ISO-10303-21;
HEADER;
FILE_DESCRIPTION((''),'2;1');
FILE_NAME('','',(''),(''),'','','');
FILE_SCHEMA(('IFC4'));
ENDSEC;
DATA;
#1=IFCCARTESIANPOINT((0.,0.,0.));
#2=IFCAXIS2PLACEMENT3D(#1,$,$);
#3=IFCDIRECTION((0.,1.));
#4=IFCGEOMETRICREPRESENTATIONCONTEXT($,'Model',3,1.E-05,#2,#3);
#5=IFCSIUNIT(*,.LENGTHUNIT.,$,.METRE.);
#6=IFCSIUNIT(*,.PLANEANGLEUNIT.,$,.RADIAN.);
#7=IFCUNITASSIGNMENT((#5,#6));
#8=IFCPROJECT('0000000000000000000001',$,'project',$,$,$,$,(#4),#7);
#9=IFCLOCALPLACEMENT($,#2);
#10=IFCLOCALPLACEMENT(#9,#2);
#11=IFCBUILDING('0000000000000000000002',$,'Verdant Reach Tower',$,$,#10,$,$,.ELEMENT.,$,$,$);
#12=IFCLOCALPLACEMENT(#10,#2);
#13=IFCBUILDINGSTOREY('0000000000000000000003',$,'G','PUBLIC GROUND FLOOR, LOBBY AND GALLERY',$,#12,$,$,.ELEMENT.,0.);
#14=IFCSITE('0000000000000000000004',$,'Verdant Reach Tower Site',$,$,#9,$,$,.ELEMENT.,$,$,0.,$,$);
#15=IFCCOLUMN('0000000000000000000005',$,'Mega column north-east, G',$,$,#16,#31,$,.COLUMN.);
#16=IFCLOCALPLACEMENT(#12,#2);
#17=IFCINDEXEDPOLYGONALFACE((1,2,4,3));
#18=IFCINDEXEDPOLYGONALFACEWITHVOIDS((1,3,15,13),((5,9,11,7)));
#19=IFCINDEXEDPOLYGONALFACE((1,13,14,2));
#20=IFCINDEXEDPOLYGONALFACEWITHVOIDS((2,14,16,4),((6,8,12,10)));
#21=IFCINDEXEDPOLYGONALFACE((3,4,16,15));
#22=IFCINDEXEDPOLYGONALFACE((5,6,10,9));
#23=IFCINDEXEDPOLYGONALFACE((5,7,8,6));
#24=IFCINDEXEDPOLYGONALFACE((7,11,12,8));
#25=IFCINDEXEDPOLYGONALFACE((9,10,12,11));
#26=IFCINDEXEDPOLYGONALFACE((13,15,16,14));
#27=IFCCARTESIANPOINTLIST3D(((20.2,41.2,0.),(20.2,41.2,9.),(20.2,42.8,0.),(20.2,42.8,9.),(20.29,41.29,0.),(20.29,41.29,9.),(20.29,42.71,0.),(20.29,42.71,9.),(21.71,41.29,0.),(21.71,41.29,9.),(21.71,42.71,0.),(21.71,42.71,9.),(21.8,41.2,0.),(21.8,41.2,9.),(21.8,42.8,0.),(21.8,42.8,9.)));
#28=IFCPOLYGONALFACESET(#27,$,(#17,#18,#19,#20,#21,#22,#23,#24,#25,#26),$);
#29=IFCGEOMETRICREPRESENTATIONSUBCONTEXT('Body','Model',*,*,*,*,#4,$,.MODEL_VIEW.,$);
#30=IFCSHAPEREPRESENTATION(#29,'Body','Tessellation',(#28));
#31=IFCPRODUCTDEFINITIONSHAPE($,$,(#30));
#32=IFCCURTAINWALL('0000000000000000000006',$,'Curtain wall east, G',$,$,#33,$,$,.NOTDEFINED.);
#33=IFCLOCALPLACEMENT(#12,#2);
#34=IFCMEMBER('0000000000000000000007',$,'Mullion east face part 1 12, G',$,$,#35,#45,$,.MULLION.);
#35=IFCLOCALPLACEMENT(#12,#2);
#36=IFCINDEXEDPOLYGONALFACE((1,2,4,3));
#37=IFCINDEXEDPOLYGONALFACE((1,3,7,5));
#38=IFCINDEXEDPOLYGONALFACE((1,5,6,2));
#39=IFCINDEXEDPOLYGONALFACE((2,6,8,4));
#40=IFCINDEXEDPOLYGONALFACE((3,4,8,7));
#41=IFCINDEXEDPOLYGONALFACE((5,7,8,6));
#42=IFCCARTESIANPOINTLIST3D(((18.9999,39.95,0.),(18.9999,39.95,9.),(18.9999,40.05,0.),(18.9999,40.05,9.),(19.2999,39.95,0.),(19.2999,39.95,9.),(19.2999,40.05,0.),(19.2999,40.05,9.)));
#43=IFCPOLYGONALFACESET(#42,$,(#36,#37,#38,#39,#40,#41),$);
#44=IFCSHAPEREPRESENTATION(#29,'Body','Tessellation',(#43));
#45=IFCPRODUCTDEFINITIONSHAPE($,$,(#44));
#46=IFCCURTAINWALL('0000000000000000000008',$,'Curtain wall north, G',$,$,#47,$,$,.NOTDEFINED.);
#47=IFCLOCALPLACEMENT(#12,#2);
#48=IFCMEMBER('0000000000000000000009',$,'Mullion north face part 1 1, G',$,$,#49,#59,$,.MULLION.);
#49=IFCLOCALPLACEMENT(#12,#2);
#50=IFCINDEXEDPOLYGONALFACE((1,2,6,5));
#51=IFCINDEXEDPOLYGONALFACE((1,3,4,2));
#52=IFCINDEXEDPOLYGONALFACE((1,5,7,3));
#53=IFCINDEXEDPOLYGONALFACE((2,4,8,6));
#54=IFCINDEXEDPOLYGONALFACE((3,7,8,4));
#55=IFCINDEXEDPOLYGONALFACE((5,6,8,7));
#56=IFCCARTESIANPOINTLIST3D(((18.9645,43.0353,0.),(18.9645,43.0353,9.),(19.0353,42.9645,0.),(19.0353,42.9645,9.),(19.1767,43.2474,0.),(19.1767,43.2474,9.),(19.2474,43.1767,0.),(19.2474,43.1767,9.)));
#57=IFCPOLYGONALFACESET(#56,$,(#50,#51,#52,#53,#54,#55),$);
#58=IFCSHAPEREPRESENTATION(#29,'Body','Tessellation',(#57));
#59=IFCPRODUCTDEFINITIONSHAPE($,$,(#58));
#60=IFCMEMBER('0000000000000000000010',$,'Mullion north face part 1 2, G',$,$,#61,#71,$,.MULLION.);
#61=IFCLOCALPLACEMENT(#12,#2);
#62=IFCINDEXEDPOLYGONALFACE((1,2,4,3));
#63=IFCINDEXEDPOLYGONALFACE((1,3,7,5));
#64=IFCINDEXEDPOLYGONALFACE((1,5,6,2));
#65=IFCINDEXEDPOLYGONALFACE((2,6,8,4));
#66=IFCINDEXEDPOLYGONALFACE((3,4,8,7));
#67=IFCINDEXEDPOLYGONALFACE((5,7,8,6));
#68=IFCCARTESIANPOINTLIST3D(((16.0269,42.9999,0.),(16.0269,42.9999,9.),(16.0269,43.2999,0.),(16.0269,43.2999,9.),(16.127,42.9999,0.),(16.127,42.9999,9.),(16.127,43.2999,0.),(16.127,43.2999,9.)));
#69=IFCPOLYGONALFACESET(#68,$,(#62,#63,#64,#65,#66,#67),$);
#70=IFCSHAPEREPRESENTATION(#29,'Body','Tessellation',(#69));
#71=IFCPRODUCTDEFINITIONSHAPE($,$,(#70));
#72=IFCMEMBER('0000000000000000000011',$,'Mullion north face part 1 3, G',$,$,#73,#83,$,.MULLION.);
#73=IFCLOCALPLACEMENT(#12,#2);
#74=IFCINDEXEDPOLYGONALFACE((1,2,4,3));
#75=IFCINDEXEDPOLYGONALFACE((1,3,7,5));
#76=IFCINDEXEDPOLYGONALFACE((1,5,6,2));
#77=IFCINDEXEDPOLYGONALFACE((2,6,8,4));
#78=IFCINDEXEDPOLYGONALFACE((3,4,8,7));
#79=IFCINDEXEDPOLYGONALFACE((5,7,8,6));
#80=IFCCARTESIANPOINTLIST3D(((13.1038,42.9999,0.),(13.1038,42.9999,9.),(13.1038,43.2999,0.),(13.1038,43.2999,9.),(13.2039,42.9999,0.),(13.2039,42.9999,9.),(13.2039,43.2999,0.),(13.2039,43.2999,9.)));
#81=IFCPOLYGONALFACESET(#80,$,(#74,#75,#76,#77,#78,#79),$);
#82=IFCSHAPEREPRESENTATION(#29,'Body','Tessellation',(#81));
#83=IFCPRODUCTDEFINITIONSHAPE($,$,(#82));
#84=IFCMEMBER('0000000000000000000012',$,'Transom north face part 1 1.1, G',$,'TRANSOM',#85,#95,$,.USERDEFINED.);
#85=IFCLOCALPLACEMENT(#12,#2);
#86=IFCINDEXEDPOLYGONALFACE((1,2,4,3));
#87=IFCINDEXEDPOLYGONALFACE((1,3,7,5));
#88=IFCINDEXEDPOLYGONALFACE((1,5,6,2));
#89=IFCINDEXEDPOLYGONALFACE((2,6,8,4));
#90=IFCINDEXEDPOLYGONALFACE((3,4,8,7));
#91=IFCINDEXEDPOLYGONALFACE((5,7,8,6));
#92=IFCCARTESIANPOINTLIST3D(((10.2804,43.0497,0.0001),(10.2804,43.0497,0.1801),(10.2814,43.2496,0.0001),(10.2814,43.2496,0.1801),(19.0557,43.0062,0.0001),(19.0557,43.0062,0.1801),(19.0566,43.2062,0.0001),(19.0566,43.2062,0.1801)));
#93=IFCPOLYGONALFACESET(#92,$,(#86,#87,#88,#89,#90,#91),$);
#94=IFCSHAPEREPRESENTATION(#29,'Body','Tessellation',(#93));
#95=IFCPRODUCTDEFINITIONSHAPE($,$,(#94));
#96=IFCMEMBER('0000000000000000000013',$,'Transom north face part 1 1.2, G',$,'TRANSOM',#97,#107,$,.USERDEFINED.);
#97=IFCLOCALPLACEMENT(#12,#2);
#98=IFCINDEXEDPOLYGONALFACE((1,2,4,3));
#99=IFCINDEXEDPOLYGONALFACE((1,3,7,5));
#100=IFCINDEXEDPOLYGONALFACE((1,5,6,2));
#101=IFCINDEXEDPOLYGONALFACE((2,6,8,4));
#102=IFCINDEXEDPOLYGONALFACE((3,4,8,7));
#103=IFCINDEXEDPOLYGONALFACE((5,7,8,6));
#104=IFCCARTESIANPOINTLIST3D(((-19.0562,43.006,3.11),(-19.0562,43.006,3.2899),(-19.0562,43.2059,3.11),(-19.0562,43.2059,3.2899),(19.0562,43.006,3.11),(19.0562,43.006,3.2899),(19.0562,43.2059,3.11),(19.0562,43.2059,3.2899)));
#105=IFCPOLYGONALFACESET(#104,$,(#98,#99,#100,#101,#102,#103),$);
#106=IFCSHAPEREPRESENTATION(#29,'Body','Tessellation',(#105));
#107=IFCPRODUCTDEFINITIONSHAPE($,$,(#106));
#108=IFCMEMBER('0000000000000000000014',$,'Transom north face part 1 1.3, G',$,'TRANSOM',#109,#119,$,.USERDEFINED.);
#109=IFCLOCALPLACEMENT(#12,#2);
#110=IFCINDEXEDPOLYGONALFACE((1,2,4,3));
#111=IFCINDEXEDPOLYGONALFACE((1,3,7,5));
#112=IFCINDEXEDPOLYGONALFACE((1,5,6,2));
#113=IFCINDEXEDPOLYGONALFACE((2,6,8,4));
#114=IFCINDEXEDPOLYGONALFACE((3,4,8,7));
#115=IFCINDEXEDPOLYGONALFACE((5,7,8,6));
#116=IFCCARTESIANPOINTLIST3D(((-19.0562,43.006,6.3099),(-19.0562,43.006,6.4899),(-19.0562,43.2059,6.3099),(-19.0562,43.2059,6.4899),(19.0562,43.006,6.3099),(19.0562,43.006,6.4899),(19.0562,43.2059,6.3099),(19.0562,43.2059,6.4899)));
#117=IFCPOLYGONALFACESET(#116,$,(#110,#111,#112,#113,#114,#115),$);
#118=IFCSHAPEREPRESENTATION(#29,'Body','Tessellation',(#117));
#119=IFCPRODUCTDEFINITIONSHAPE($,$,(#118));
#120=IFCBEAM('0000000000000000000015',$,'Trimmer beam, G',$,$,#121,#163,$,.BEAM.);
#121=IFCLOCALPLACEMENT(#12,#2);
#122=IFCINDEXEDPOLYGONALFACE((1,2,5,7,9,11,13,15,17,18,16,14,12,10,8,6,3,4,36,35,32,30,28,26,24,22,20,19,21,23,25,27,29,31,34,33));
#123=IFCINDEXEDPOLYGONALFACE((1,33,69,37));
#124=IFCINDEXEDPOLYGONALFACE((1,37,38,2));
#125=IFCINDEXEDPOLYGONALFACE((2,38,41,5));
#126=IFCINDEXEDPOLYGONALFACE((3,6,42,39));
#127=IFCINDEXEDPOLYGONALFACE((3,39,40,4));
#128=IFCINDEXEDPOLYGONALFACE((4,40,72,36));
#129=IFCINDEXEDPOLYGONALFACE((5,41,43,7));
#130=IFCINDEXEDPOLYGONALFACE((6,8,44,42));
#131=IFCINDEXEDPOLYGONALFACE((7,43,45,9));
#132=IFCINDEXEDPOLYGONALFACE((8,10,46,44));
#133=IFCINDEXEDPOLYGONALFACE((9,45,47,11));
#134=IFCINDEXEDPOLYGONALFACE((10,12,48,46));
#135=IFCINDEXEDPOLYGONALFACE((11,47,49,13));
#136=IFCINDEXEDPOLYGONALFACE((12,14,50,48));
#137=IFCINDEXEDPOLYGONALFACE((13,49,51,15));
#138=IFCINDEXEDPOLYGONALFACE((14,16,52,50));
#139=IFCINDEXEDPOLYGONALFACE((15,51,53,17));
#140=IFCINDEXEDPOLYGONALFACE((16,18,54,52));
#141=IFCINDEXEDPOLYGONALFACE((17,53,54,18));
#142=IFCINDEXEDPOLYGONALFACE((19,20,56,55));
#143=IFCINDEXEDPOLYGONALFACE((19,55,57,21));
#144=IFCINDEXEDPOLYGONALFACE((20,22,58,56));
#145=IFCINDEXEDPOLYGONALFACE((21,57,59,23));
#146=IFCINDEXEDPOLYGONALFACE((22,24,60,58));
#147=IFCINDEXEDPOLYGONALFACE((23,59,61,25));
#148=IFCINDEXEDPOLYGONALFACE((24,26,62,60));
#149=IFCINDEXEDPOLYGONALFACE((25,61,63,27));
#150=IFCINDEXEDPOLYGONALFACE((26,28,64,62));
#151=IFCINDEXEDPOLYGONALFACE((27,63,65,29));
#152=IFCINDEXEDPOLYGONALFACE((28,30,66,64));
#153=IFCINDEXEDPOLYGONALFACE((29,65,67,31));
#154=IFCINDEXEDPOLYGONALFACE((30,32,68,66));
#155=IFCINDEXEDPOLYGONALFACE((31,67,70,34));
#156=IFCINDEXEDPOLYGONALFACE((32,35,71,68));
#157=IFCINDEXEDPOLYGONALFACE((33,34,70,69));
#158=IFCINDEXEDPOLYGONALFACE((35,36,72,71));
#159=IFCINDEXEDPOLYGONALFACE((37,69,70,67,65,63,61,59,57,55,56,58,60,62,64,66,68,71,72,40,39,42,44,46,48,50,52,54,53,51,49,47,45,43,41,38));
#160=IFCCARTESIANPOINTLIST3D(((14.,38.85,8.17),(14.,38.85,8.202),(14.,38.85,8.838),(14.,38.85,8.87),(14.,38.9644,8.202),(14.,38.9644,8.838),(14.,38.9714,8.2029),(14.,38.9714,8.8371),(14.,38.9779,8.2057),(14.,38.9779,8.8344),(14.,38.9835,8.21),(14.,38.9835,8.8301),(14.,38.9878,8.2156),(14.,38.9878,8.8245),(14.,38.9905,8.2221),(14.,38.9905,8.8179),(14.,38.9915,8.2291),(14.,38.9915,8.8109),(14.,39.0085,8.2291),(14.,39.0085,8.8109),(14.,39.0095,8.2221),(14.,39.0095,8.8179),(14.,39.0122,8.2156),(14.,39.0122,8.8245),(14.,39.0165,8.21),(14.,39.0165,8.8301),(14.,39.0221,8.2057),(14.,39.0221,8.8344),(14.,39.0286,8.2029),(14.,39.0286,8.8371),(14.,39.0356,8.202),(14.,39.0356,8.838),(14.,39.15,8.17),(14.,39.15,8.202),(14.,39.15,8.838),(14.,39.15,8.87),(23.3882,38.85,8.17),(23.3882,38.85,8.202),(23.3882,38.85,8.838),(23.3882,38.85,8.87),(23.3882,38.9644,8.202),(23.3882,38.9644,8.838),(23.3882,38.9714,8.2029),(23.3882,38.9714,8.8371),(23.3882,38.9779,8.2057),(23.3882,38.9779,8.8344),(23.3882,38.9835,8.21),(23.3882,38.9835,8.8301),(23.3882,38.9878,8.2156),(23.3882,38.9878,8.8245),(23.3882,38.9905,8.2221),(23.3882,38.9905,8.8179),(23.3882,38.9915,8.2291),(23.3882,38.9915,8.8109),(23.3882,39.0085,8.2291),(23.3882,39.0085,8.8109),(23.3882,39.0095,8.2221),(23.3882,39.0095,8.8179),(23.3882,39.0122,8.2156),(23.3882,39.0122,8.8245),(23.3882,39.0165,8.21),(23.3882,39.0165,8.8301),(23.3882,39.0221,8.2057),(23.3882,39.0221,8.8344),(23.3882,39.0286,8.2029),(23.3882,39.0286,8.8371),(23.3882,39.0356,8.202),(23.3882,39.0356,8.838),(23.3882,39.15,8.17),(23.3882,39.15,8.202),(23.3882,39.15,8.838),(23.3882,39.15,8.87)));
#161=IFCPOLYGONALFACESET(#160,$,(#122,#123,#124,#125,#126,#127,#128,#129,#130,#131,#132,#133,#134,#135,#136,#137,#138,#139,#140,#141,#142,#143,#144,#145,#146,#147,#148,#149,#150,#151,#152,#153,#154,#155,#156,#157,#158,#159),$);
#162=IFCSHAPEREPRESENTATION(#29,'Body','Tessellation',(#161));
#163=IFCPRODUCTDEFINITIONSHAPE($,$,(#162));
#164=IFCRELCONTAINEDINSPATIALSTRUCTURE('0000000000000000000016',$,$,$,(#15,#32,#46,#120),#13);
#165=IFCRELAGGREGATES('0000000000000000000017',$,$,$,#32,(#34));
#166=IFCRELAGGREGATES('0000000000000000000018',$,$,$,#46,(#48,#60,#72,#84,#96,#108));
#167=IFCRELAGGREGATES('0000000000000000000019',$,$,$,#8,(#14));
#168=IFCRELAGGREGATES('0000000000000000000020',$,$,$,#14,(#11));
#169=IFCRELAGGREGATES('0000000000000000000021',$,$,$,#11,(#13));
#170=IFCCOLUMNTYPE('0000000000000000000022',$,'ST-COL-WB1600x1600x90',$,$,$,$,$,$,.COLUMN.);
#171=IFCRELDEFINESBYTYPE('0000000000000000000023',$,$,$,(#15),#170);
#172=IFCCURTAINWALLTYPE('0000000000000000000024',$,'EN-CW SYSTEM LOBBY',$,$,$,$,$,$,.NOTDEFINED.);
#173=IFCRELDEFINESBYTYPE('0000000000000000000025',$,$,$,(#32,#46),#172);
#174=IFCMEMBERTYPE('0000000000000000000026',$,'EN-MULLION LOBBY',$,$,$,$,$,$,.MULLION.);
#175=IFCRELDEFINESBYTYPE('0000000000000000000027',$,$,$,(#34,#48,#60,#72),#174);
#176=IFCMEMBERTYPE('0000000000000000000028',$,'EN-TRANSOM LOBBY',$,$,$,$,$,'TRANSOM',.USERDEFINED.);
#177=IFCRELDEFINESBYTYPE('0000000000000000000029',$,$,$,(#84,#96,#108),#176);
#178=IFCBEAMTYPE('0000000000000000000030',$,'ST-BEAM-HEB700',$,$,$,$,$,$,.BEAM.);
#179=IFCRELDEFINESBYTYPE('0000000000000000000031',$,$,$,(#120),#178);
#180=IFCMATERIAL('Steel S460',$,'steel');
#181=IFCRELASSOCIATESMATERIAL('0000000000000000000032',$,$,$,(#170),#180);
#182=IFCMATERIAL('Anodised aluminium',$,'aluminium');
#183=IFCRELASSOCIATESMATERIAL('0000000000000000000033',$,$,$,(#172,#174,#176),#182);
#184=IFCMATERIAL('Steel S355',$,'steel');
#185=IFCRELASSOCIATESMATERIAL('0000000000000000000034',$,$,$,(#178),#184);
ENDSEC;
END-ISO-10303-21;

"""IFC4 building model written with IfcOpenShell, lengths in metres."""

from ifc_helpers import new_model, si_unit, direction, frame, origin, origin_2d, place, context, subcontext, project, spatial, rectangle, hollow_rectangle, i_section, extrude, material, material_profile, profile_set, type_object, element, aggregate, save


model = new_model("IFC4")

# Units and contexts
model_context = context("Model", 3, precision=1e-05, world=origin(), true_north=direction((0.0, 1.0)))
body_context = subcontext(model_context, "Body", "Model", "MODEL_VIEW")
ifc_project = project(units=[si_unit("LENGTHUNIT", "METRE"), si_unit("PLANEANGLEUNIT", "RADIAN")], contexts=[model_context])

# Site, building, storey
site_placement = place(None, origin())
site = spatial("IfcSite", under=ifc_project, at=site_placement, Name="Verdant Reach Tower Site", CompositionType="ELEMENT", RefElevation=0.0)
building_placement = place(site_placement, origin())
building = spatial("IfcBuilding", under=site, at=building_placement, Name="Verdant Reach Tower", CompositionType="ELEMENT")
storey_placement = place(building_placement, origin())
storey = spatial("IfcBuildingStorey", under=building, at=storey_placement, Name="G", Description="PUBLIC GROUND FLOOR, LOBBY AND GALLERY", CompositionType="ELEMENT", Elevation=0.0)

# Column
ifc_material_1 = material(Name="Steel S460", Category="steel")
ifc_material_profile_1 = material_profile(ifc_material_1, hollow_rectangle(XDim=1.6001, YDim=1.6001, WallThickness=0.0901, at=origin_2d()), Name="WB 1600x1600x90")
ifc_profile_set_1 = profile_set([ifc_material_profile_1], Name="Steel S460")
column_type = type_object("IfcColumnType", Name="ST-COL-WB1600x1600x90", PredefinedType="COLUMN", material=ifc_profile_set_1)
column_placement = place(storey_placement, frame((21.0, 42.0, 0.0), z_axis=(0.0, 0.0, 1.0), x_axis=(1.0, 0.0, 0.0)))
element("IfcColumn", 1, at=column_placement, inside=storey, type_object=column_type, Name="Mega column north-east, G", PredefinedType="COLUMN", context=body_context, shape_type="SweptSolid", body=[
    extrude(hollow_rectangle(XDim=1.6001, YDim=1.6001, WallThickness=0.0901, at=origin_2d()), origin(), (0.0, 0.0, 1.0), 9.0),
])

# Curtain wall, member
ifc_material_2 = material(Name="Anodised aluminium", Category="aluminium")
curtain_wall_type = type_object("IfcCurtainWallType", Name="EN-CW SYSTEM LOBBY", PredefinedType="NOTDEFINED", material=ifc_material_2)
curtain_wall_1_placement = place(storey_placement, origin())
curtain_wall_1 = element("IfcCurtainWall", 2, at=curtain_wall_1_placement, inside=storey, type_object=curtain_wall_type, Name="Curtain wall east, G", PredefinedType="NOTDEFINED")
ifc_material_profile_2 = material_profile(ifc_material_2, rectangle(XDim=0.3, YDim=0.1001, at=origin_2d()), Name="Mullion 100x300")
ifc_profile_set_2 = profile_set([ifc_material_profile_2], Name="Anodised aluminium")
member_type_1 = type_object("IfcMemberType", Name="EN-MULLION LOBBY", PredefinedType="MULLION", material=ifc_profile_set_2)
member_1_placement = place(storey_placement, frame((19.1499, 40.0, 0.0), z_axis=(0.0, 0.0, 1.0), x_axis=(1.0, 0.0, 0.0)))
member_1 = element("IfcMember", 3, at=member_1_placement, type_object=member_type_1, Name="Mullion east face part 1 12, G", PredefinedType="MULLION", context=body_context, shape_type="SweptSolid", body=[
    extrude(rectangle(XDim=0.3, YDim=0.1001, at=origin_2d()), origin(), (0.0, 0.0, 1.0), 9.0),
])

# Curtain wall, members
curtain_wall_2_placement = place(storey_placement, origin())
curtain_wall_2 = element("IfcCurtainWall", 4, at=curtain_wall_2_placement, inside=storey, type_object=curtain_wall_type, Name="Curtain wall north, G", PredefinedType="NOTDEFINED")
member_2_placement = place(storey_placement, frame((19.106, 43.106, 0.0), z_axis=(0.0, 0.0, 1.0), x_axis=(0.707107, 0.707107, 0.0)))
member_2 = element("IfcMember", 5, at=member_2_placement, type_object=member_type_1, Name="Mullion north face part 1 1, G", PredefinedType="MULLION", context=body_context, shape_type="SweptSolid", body=[
    extrude(rectangle(XDim=0.3, YDim=0.1001, at=origin_2d()), origin(), (0.0, 0.0, 1.0), 9.0),
])
member_3_placement = place(storey_placement, frame((16.0769, 43.1499, 0.0), z_axis=(0.0, 0.0, 1.0), x_axis=(0.0, 1.0, 0.0)))
member_3 = element("IfcMember", 6, at=member_3_placement, type_object=member_type_1, Name="Mullion north face part 1 2, G", PredefinedType="MULLION", context=body_context, shape_type="SweptSolid", body=[
    extrude(rectangle(XDim=0.3, YDim=0.1001, at=origin_2d()), origin(), (0.0, 0.0, 1.0), 9.0),
])
member_4_placement = place(storey_placement, frame((13.1538, 43.1499, 0.0), z_axis=(0.0, 0.0, 1.0), x_axis=(0.0, 1.0, 0.0)))
member_4 = element("IfcMember", 7, at=member_4_placement, type_object=member_type_1, Name="Mullion north face part 1 3, G", PredefinedType="MULLION", context=body_context, shape_type="SweptSolid", body=[
    extrude(rectangle(XDim=0.3, YDim=0.1001, at=origin_2d()), origin(), (0.0, 0.0, 1.0), 9.0),
])
ifc_material_profile_3 = material_profile(ifc_material_2, rectangle(XDim=0.2, YDim=0.1799, at=origin_2d()), Name="Transom 180x200")
ifc_profile_set_3 = profile_set([ifc_material_profile_3], Name="Anodised aluminium")
member_type_2 = type_object("IfcMemberType", Name="EN-TRANSOM LOBBY", ElementType="TRANSOM", PredefinedType="USERDEFINED", material=ifc_profile_set_3)
member_5_placement = place(storey_placement, frame((19.0562, 43.1062, 0.0901), z_axis=(-0.999988, 0.004952, 0.0), x_axis=(-0.004952, -0.999988, 0.0)))
member_5 = element("IfcMember", 8, at=member_5_placement, type_object=member_type_2, Name="Transom north face part 1 1.1, G", ObjectType="TRANSOM", PredefinedType="USERDEFINED", context=body_context, shape_type="SweptSolid", body=[
    extrude(rectangle(XDim=0.2, YDim=0.1799, at=origin_2d()), origin(), (0.0, 0.0, 1.0), 8.7754),
])
member_6_placement = place(storey_placement, frame((19.0562, 43.106, 3.2), z_axis=(-1.0, 0.0, 0.0), x_axis=(0.0, -1.0, 0.0)))
member_6 = element("IfcMember", 9, at=member_6_placement, type_object=member_type_2, Name="Transom north face part 1 1.2, G", ObjectType="TRANSOM", PredefinedType="USERDEFINED", context=body_context, shape_type="SweptSolid", body=[
    extrude(rectangle(XDim=0.2, YDim=0.1799, at=origin_2d()), origin(), (0.0, 0.0, 1.0), 38.1123),
])
member_7_placement = place(storey_placement, frame((19.0562, 43.106, 6.3999), z_axis=(-1.0, 0.0, 0.0), x_axis=(0.0, -1.0, 0.0)))
member_7 = element("IfcMember", 10, at=member_7_placement, type_object=member_type_2, Name="Transom north face part 1 1.3, G", ObjectType="TRANSOM", PredefinedType="USERDEFINED", context=body_context, shape_type="SweptSolid", body=[
    extrude(rectangle(XDim=0.2, YDim=0.1799, at=origin_2d()), origin(), (0.0, 0.0, 1.0), 38.1123),
])

# Beam
ifc_material_3 = material(Name="Steel S355", Category="steel")
ifc_material_profile_4 = material_profile(ifc_material_3, i_section(OverallWidth=0.3, OverallDepth=0.7, WebThickness=0.0171, FlangeThickness=0.032, FilletRadius=0.0271, at=origin_2d()), Name="HEB 700")
ifc_profile_set_4 = profile_set([ifc_material_profile_4], Name="Steel S355")
beam_type_1 = type_object("IfcBeamType", Name="ST-BEAM-HEB700", PredefinedType="BEAM", material=ifc_profile_set_4)
beam_1_placement = place(storey_placement, frame((14.0, 39.0, 8.52), z_axis=(1.0, 0.0, 0.0), x_axis=(0.0, 1.0, 0.0)))
element("IfcBeam", 11, at=beam_1_placement, inside=storey, type_object=beam_type_1, Name="Trimmer beam, G", PredefinedType="BEAM", context=body_context, shape_type="SweptSolid", body=[
    extrude(i_section(OverallWidth=0.3, OverallDepth=0.7, WebThickness=0.0171, FlangeThickness=0.032, FilletRadius=0.0271, at=origin_2d()), origin(), (0.0, 0.0, 1.0), 9.3882),
])

aggregate(curtain_wall_1, [member_1])
aggregate(curtain_wall_2, [member_2, member_3, member_4, member_5, member_6, member_7])

save(model, "model.ifc")
